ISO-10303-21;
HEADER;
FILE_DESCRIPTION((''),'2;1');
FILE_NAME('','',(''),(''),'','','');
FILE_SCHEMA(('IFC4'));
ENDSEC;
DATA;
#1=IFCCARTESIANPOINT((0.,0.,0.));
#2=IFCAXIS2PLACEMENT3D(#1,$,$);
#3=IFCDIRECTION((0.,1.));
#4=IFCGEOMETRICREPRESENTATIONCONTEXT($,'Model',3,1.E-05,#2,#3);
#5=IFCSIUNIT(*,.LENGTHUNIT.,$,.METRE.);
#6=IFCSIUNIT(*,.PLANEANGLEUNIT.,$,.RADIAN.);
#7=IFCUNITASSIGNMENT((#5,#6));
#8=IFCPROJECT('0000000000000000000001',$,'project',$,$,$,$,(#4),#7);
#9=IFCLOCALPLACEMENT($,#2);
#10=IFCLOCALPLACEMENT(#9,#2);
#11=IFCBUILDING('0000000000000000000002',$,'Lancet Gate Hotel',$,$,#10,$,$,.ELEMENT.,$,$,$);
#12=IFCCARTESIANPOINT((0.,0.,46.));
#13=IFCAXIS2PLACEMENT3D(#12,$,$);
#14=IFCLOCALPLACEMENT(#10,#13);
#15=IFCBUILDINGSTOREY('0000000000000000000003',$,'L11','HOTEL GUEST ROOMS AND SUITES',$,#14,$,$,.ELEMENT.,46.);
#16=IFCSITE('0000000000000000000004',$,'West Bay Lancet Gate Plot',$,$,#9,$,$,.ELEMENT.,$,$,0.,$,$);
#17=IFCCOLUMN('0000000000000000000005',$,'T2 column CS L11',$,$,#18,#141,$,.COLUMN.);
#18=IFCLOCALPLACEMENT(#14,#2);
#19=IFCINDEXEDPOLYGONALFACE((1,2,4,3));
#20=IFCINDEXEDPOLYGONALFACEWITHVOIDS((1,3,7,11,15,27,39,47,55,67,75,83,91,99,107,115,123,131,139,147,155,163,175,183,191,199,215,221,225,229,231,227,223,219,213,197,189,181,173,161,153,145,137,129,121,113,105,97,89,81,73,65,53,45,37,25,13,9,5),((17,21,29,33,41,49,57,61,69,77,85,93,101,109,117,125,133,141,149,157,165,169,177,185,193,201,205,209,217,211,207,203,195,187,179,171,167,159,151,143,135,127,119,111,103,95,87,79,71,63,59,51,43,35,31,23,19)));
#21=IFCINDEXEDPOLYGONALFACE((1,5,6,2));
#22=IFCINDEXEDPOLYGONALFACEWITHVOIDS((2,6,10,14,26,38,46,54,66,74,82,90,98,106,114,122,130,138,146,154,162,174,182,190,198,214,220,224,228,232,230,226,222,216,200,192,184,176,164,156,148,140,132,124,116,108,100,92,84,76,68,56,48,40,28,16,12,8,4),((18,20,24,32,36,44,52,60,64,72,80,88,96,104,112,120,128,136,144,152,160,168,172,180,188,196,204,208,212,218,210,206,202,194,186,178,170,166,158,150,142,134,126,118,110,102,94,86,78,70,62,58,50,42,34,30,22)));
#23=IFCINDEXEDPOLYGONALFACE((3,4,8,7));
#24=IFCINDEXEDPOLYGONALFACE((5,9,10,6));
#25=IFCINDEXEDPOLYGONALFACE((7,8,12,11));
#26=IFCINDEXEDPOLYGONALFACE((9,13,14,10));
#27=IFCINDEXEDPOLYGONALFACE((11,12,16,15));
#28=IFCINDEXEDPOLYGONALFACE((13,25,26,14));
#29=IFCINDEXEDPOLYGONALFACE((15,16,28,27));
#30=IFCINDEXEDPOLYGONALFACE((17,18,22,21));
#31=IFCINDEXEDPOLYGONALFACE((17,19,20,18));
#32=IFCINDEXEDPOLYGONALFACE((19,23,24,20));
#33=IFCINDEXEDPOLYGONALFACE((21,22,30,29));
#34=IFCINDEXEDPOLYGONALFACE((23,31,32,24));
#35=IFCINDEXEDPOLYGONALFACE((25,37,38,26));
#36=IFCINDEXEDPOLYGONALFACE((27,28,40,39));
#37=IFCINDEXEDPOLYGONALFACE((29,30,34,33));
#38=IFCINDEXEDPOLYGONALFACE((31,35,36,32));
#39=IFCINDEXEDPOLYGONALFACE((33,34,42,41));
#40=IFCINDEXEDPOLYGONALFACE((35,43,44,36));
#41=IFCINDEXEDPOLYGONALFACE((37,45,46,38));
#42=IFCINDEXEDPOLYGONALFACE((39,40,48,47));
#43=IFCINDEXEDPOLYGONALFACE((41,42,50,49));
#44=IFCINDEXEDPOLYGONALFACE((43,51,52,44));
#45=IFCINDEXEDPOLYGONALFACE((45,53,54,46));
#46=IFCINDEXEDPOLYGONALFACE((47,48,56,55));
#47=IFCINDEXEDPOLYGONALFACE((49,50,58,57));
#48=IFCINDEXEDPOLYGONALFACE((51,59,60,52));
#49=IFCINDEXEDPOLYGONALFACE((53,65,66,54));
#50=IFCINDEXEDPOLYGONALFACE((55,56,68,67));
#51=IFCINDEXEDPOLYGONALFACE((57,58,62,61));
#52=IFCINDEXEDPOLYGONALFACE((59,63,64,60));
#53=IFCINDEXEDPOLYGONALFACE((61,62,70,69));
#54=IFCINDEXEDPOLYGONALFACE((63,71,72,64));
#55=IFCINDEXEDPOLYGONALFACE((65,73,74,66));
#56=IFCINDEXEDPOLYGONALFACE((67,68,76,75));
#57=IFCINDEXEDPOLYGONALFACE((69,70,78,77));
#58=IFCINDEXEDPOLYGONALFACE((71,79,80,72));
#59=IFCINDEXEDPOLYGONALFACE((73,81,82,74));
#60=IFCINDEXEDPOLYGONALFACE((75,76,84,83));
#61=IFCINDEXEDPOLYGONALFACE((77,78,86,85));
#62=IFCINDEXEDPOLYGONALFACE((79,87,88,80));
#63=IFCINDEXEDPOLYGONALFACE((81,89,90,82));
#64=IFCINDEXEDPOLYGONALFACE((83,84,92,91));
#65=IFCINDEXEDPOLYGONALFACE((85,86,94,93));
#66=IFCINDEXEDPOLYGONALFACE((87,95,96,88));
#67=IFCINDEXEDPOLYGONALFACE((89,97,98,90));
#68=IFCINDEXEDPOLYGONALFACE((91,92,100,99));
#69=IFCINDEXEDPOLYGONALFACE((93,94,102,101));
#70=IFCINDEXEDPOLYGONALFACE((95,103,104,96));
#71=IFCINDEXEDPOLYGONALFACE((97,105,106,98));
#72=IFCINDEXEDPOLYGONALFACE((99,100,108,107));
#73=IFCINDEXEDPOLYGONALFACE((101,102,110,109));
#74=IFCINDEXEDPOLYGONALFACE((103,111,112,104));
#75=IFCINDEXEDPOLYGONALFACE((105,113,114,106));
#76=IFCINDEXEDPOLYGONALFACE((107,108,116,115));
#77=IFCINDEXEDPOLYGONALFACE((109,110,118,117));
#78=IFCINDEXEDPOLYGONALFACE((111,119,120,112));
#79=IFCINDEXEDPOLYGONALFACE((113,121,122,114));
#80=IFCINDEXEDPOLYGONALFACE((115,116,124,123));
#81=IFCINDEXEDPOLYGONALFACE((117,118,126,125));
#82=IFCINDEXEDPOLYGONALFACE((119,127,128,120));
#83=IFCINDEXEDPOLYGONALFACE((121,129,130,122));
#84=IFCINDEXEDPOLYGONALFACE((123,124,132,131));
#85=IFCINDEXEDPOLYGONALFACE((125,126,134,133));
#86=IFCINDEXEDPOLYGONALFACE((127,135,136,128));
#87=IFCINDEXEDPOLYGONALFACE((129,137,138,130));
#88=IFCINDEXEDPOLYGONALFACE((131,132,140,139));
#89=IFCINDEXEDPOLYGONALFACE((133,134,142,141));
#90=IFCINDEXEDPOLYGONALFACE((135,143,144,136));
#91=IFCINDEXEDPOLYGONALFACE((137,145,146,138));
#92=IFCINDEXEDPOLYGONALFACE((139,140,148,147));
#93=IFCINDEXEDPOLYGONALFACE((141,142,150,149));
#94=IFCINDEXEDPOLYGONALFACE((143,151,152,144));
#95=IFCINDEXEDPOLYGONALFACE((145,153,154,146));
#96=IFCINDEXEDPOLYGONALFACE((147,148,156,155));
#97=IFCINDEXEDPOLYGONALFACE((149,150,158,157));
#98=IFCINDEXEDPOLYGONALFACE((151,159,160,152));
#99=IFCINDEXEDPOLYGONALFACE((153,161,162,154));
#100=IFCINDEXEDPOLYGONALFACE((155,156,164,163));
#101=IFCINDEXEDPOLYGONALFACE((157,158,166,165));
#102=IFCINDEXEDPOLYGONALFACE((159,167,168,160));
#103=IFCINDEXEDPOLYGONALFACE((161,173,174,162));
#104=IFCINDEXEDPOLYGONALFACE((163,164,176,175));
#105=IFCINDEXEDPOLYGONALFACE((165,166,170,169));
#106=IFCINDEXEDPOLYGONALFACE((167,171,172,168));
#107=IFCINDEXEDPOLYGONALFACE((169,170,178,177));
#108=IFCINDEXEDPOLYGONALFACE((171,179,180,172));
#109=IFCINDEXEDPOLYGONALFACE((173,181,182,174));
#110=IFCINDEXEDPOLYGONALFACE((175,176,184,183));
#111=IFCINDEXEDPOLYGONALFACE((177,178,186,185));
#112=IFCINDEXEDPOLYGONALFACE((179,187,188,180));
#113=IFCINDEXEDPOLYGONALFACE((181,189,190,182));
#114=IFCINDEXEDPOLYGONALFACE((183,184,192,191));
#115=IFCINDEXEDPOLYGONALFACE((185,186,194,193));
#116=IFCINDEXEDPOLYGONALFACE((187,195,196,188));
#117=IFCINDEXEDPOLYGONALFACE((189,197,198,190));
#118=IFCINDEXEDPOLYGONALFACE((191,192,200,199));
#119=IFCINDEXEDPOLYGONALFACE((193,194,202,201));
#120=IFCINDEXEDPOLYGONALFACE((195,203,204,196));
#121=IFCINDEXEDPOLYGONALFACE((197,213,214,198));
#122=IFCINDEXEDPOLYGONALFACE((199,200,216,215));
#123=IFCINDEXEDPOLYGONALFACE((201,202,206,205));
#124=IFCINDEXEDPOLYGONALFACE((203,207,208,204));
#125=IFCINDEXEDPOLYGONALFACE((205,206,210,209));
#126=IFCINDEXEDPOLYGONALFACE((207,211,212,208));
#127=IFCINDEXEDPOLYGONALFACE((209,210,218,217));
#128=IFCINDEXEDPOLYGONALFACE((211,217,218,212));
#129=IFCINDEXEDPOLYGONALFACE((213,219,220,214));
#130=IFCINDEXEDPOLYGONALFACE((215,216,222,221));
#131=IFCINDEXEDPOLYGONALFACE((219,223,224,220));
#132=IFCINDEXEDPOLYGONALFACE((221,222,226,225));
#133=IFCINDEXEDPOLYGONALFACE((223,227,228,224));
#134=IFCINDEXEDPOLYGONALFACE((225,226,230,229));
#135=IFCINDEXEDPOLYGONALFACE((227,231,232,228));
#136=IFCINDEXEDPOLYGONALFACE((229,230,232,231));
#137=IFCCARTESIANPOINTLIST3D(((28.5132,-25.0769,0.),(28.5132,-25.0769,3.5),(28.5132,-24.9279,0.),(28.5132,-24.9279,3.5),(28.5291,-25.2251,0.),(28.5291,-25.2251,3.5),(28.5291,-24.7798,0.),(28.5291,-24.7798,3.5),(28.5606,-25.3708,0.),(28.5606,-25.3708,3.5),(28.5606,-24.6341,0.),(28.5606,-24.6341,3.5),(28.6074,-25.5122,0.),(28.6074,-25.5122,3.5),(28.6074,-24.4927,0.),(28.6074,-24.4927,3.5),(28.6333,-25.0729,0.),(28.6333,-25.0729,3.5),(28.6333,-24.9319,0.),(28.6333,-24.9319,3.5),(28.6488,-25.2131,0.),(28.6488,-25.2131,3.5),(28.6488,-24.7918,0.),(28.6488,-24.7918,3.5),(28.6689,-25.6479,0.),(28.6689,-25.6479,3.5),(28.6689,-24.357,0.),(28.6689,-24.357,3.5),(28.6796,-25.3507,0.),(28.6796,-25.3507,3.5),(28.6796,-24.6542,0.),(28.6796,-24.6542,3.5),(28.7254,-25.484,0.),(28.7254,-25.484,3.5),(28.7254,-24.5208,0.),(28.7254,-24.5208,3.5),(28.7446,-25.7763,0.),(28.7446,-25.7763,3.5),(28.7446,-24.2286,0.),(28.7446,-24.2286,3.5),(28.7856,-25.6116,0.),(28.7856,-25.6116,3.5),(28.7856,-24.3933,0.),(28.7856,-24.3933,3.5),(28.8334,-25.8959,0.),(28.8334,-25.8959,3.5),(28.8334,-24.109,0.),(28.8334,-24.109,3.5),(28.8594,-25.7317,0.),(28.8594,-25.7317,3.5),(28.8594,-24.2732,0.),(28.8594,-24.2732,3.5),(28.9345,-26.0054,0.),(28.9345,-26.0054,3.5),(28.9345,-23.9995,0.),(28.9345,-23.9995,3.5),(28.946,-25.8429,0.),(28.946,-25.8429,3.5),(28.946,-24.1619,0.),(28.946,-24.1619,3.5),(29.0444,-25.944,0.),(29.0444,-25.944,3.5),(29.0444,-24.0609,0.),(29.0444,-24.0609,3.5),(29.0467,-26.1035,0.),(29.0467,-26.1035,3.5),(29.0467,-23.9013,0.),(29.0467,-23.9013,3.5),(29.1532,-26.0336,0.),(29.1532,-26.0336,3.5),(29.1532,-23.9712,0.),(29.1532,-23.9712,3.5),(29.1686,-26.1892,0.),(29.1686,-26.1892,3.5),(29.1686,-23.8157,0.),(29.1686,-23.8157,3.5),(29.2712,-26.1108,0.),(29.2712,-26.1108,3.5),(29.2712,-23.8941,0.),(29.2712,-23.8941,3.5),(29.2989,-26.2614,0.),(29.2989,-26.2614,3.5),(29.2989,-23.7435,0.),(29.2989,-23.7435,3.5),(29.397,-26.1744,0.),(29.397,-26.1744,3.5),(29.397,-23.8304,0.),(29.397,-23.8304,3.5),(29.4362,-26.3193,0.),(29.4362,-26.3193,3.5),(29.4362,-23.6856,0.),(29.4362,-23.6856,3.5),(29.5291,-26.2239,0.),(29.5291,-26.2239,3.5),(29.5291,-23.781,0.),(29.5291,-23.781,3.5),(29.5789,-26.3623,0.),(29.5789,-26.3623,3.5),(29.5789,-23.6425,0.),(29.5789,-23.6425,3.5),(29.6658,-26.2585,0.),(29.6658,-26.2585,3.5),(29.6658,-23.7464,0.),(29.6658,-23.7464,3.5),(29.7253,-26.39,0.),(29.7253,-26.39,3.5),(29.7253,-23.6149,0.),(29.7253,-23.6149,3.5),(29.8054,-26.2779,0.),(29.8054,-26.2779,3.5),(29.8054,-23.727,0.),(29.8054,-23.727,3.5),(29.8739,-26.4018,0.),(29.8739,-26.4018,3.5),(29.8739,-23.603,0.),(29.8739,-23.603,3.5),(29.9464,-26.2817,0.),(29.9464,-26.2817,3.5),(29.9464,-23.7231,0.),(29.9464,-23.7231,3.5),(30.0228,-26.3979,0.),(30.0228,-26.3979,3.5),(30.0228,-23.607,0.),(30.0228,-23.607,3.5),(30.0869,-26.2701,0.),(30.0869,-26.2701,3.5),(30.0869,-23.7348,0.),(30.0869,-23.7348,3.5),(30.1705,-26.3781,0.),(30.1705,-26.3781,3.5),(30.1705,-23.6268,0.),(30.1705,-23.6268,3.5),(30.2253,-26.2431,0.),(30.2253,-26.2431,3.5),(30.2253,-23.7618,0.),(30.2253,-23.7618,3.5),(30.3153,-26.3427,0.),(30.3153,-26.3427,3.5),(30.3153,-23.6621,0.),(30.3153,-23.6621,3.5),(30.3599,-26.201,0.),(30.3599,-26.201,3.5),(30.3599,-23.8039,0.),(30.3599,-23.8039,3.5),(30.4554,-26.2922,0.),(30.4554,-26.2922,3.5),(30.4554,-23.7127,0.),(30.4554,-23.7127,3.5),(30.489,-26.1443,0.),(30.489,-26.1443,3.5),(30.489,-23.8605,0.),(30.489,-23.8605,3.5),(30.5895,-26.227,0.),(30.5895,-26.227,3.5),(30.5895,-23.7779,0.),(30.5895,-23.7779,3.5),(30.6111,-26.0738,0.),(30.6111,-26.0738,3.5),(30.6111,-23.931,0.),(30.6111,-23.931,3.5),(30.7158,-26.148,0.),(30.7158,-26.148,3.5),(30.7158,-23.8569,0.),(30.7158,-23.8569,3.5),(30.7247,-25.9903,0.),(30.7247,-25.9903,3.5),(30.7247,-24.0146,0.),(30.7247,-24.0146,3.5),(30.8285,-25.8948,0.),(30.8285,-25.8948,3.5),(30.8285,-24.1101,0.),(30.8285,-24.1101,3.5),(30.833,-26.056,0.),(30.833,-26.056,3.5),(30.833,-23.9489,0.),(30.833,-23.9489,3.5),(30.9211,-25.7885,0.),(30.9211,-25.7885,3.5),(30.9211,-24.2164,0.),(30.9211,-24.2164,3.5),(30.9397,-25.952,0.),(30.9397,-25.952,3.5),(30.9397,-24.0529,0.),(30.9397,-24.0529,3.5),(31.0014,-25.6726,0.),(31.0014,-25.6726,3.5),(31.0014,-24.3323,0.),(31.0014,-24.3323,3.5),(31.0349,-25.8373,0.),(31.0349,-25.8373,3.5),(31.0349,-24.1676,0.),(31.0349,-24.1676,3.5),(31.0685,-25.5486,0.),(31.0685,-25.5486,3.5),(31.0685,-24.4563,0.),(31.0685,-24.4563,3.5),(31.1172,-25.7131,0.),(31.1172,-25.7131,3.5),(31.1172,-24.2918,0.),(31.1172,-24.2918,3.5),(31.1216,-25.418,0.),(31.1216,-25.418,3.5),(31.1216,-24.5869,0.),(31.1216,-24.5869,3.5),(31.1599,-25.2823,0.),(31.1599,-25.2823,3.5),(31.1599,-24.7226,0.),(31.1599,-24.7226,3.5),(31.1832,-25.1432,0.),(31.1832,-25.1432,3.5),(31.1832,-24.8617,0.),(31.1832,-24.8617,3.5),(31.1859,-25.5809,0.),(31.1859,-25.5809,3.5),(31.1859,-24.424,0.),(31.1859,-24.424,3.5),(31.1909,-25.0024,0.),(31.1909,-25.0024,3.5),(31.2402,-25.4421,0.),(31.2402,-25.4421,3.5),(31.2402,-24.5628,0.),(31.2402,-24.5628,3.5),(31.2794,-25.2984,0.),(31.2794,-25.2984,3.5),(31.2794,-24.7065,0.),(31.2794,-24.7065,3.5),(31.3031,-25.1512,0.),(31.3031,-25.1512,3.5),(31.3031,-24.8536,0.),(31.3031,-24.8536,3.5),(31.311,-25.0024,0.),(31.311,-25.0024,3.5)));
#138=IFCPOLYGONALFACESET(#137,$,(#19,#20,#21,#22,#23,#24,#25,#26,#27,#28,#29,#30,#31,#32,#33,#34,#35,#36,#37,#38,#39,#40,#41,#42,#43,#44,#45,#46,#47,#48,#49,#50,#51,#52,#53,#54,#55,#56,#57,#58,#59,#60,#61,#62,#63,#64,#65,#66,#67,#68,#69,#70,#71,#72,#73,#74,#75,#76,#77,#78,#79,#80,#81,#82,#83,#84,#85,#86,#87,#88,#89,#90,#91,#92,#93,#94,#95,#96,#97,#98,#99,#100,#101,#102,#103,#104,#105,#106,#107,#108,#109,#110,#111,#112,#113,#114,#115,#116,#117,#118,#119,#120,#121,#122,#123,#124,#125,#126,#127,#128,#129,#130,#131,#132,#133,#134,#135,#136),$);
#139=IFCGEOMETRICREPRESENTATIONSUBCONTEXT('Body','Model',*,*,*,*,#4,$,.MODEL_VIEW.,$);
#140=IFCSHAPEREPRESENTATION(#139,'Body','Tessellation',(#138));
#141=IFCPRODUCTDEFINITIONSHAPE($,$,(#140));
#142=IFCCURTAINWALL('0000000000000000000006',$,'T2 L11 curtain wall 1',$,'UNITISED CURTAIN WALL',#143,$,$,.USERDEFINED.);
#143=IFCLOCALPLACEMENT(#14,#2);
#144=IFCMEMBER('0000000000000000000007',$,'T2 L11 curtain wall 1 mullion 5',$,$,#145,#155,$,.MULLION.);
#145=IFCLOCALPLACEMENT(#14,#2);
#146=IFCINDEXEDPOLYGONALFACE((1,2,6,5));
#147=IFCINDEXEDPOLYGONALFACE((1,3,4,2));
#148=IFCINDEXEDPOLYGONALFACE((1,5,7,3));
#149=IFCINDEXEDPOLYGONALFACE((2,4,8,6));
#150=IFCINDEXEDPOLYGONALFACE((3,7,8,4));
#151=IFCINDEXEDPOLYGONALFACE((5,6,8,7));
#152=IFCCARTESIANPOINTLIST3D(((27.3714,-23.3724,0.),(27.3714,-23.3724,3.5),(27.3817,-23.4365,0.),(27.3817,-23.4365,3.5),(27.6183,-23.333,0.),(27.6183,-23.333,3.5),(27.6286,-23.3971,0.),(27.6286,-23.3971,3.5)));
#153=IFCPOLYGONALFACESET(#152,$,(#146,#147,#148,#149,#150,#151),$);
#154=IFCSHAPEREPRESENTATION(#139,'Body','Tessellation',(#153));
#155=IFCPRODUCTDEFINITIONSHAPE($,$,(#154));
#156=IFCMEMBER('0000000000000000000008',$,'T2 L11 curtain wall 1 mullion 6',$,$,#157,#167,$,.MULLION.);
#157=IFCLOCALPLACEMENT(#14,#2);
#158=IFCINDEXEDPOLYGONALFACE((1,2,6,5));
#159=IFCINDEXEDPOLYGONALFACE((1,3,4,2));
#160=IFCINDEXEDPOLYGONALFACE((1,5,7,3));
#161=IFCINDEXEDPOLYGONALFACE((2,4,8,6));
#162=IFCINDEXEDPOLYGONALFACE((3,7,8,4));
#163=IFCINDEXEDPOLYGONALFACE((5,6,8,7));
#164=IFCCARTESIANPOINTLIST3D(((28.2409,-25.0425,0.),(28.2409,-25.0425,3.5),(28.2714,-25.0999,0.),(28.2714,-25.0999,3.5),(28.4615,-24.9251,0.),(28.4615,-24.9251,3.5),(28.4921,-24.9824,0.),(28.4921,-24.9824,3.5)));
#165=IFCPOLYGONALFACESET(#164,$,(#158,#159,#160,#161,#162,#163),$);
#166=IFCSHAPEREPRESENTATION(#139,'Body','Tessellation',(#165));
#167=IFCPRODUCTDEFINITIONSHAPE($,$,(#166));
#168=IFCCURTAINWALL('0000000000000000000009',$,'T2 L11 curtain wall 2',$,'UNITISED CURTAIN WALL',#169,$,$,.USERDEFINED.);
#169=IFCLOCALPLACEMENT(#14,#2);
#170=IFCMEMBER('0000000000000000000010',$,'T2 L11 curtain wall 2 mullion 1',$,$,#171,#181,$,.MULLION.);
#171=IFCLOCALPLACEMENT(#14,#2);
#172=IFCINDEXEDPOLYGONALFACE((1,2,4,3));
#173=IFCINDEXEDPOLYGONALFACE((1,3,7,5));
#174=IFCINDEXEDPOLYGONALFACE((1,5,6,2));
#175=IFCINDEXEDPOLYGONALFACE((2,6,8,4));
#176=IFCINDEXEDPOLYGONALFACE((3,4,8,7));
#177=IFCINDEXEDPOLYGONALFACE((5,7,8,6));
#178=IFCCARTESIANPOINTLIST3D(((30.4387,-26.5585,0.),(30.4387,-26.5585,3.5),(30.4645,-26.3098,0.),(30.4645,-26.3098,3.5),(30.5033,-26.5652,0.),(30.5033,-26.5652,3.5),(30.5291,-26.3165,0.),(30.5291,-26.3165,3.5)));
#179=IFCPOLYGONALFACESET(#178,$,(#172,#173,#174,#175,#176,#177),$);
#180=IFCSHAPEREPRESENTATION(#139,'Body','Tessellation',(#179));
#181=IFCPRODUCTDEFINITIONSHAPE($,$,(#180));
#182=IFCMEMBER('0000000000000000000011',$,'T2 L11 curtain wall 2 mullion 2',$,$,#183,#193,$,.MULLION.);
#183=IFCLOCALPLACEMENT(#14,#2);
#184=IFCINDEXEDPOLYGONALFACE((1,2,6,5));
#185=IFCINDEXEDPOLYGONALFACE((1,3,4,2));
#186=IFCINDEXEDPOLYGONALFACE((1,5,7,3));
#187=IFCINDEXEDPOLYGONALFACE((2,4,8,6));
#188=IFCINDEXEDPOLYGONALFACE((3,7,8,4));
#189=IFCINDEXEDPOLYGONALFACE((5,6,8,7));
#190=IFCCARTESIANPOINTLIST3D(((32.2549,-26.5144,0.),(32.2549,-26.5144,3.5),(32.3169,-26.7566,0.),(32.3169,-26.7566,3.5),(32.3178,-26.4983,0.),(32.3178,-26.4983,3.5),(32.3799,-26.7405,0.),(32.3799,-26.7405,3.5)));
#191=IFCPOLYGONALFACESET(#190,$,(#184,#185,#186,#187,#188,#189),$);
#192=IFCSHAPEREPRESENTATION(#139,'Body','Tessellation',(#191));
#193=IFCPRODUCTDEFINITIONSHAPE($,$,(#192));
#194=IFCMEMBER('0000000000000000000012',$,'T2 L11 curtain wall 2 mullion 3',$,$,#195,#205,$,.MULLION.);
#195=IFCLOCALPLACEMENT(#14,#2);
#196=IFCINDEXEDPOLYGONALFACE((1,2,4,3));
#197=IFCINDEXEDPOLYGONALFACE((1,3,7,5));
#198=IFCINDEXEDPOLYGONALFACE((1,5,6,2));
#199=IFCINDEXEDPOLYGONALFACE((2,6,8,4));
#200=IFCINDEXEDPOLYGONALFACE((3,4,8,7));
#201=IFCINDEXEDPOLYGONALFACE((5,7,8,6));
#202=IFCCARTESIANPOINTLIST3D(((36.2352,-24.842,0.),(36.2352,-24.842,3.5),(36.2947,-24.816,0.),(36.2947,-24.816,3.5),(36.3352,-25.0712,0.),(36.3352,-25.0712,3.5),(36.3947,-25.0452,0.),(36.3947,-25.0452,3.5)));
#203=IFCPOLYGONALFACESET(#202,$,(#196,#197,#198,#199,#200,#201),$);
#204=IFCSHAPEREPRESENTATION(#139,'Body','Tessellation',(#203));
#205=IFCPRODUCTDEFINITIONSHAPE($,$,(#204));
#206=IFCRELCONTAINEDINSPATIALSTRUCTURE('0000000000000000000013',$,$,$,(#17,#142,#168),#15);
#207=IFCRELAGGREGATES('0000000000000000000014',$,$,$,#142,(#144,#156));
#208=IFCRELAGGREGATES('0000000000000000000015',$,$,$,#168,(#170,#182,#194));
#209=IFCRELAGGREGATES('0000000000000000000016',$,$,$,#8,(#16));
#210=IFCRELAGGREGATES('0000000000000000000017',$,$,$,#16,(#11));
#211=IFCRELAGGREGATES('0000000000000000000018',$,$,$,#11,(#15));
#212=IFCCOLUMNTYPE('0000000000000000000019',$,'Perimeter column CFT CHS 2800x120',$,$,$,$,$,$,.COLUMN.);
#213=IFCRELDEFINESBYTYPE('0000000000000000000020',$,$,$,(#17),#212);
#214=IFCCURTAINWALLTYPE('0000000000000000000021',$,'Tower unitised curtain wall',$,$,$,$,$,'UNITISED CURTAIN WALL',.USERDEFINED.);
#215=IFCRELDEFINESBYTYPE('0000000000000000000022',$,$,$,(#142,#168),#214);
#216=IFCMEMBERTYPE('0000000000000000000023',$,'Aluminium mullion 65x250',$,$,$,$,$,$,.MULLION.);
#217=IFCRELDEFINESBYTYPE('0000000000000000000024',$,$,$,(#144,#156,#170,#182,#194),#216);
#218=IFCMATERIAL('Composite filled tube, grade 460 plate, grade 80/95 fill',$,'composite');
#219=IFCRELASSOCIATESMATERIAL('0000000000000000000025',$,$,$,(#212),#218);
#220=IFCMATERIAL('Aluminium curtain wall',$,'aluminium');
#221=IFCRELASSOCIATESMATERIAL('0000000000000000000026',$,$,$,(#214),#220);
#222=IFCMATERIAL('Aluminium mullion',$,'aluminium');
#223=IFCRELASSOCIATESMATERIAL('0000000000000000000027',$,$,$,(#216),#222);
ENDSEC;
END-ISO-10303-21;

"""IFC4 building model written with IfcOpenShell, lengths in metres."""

from ifc_helpers import new_model, si_unit, direction, frame, origin, origin_2d, place, context, subcontext, project, spatial, rectangle, hollow_circle, extrude, material, material_profile, profile_set, type_object, element, aggregate, save


model = new_model("IFC4")

# Units and contexts
model_context = context("Model", 3, precision=1e-05, world=origin(), true_north=direction((0.0, 1.0)))
body_context = subcontext(model_context, "Body", "Model", "MODEL_VIEW")
ifc_project = project(units=[si_unit("LENGTHUNIT", "METRE"), si_unit("PLANEANGLEUNIT", "RADIAN")], contexts=[model_context])

# Site, building, storey
site_placement = place(None, origin())
site = spatial("IfcSite", under=ifc_project, at=site_placement, Name="West Bay Lancet Gate Plot", CompositionType="ELEMENT", RefElevation=0.0)
building_placement = place(site_placement, origin())
building = spatial("IfcBuilding", under=site, at=building_placement, Name="Lancet Gate Hotel", CompositionType="ELEMENT")
storey_placement = place(building_placement, frame((0.0, 0.0, 46.0)))
storey = spatial("IfcBuildingStorey", under=building, at=storey_placement, Name="L11", Description="HOTEL GUEST ROOMS AND SUITES", CompositionType="ELEMENT", Elevation=46.0)

# Column
ifc_material_1 = material(Name="Composite filled tube, grade 460 plate, grade 80/95 fill", Category="composite")
ifc_material_profile_1 = material_profile(ifc_material_1, hollow_circle(Radius=1.3999, WallThickness=0.1201, at=origin_2d()), Name="CHS 2800x120")
ifc_profile_set_1 = profile_set([ifc_material_profile_1], Name="Composite filled tube, grade 460 plate, grade 80/95 fill")
column_type = type_object("IfcColumnType", Name="Perimeter column CFT CHS 2800x120", PredefinedType="COLUMN", material=ifc_profile_set_1)
column_placement = place(storey_placement, frame((29.9111, -25.0024, 0.0), z_axis=(0.0, 0.0, 1.0), x_axis=(1.0, 0.0, 0.0)))
element("IfcColumn", 1, at=column_placement, inside=storey, type_object=column_type, Name="T2 column CS L11", PredefinedType="COLUMN", context=body_context, shape_type="SweptSolid", body=[
    extrude(hollow_circle(Radius=1.3999, WallThickness=0.1201, at=origin_2d()), origin(), (0.0, 0.0, 1.0), 3.5),
])

# Curtain walls, members
ifc_material_2 = material(Name="Aluminium curtain wall", Category="aluminium")
curtain_wall_type = type_object("IfcCurtainWallType", Name="Tower unitised curtain wall", ElementType="UNITISED CURTAIN WALL", PredefinedType="USERDEFINED", material=ifc_material_2)
curtain_wall_1_placement = place(storey_placement, origin())
curtain_wall_1 = element("IfcCurtainWall", 2, at=curtain_wall_1_placement, inside=storey, type_object=curtain_wall_type, Name="T2 L11 curtain wall 1", ObjectType="UNITISED CURTAIN WALL", PredefinedType="USERDEFINED")
ifc_material_3 = material(Name="Aluminium mullion", Category="aluminium")
ifc_material_profile_2 = material_profile(ifc_material_3, rectangle(XDim=0.0649, YDim=0.25, at=origin_2d()), Name="MULLION 65x250")
ifc_profile_set_2 = profile_set([ifc_material_profile_2], Name="Aluminium mullion")
member_type_1 = type_object("IfcMemberType", Name="Aluminium mullion 65x250", PredefinedType="MULLION", material=ifc_profile_set_2)
member_1_placement = place(storey_placement, frame((27.5, -23.3848, 0.0), z_axis=(0.0, 0.0, 1.0), x_axis=(0.157752, -0.987479, 0.0)))
member_1 = element("IfcMember", 3, at=member_1_placement, type_object=member_type_1, Name="T2 L11 curtain wall 1 mullion 5", PredefinedType="MULLION", context=body_context, shape_type="SweptSolid", body=[
    extrude(rectangle(XDim=0.0649, YDim=0.25, at=origin_2d()), origin(), (0.0, 0.0, 1.0), 3.5),
])
member_2_placement = place(storey_placement, frame((28.3665, -25.0125, 0.0), z_axis=(0.0, 0.0, 1.0), x_axis=(0.469898, -0.882721, 0.0)))
member_2 = element("IfcMember", 4, at=member_2_placement, type_object=member_type_1, Name="T2 L11 curtain wall 1 mullion 6", PredefinedType="MULLION", context=body_context, shape_type="SweptSolid", body=[
    extrude(rectangle(XDim=0.0649, YDim=0.25, at=origin_2d()), origin(), (0.0, 0.0, 1.0), 3.5),
])
curtain_wall_2_placement = place(storey_placement, origin())
curtain_wall_2 = element("IfcCurtainWall", 5, at=curtain_wall_2_placement, inside=storey, type_object=curtain_wall_type, Name="T2 L11 curtain wall 2", ObjectType="UNITISED CURTAIN WALL", PredefinedType="USERDEFINED")
member_3_placement = place(storey_placement, frame((30.4839, -26.4375, 0.0), z_axis=(0.0, 0.0, 1.0), x_axis=(0.994672, -0.103088, 0.0)))
member_3 = element("IfcMember", 6, at=member_3_placement, type_object=member_type_1, Name="T2 L11 curtain wall 2 mullion 1", PredefinedType="MULLION", context=body_context, shape_type="SweptSolid", body=[
    extrude(rectangle(XDim=0.0649, YDim=0.25, at=origin_2d()), origin(), (0.0, 0.0, 1.0), 3.5),
])
member_4_placement = place(storey_placement, frame((32.3174, -26.6274, 0.0), z_axis=(0.0, 0.0, 1.0), x_axis=(0.968721, 0.24815, 0.0)))
member_4 = element("IfcMember", 7, at=member_4_placement, type_object=member_type_1, Name="T2 L11 curtain wall 2 mullion 2", PredefinedType="MULLION", context=body_context, shape_type="SweptSolid", body=[
    extrude(rectangle(XDim=0.0649, YDim=0.25, at=origin_2d()), origin(), (0.0, 0.0, 1.0), 3.5),
])
member_5_placement = place(storey_placement, frame((36.3149, -24.9436, 0.0), z_axis=(0.0, 0.0, 1.0), x_axis=(0.916579, 0.399854, 0.0)))
member_5 = element("IfcMember", 8, at=member_5_placement, type_object=member_type_1, Name="T2 L11 curtain wall 2 mullion 3", PredefinedType="MULLION", context=body_context, shape_type="SweptSolid", body=[
    extrude(rectangle(XDim=0.0649, YDim=0.25, at=origin_2d()), origin(), (0.0, 0.0, 1.0), 3.5),
])

aggregate(curtain_wall_1, [member_1, member_2])
aggregate(curtain_wall_2, [member_3, member_4, member_5])

save(model, "model.ifc")
